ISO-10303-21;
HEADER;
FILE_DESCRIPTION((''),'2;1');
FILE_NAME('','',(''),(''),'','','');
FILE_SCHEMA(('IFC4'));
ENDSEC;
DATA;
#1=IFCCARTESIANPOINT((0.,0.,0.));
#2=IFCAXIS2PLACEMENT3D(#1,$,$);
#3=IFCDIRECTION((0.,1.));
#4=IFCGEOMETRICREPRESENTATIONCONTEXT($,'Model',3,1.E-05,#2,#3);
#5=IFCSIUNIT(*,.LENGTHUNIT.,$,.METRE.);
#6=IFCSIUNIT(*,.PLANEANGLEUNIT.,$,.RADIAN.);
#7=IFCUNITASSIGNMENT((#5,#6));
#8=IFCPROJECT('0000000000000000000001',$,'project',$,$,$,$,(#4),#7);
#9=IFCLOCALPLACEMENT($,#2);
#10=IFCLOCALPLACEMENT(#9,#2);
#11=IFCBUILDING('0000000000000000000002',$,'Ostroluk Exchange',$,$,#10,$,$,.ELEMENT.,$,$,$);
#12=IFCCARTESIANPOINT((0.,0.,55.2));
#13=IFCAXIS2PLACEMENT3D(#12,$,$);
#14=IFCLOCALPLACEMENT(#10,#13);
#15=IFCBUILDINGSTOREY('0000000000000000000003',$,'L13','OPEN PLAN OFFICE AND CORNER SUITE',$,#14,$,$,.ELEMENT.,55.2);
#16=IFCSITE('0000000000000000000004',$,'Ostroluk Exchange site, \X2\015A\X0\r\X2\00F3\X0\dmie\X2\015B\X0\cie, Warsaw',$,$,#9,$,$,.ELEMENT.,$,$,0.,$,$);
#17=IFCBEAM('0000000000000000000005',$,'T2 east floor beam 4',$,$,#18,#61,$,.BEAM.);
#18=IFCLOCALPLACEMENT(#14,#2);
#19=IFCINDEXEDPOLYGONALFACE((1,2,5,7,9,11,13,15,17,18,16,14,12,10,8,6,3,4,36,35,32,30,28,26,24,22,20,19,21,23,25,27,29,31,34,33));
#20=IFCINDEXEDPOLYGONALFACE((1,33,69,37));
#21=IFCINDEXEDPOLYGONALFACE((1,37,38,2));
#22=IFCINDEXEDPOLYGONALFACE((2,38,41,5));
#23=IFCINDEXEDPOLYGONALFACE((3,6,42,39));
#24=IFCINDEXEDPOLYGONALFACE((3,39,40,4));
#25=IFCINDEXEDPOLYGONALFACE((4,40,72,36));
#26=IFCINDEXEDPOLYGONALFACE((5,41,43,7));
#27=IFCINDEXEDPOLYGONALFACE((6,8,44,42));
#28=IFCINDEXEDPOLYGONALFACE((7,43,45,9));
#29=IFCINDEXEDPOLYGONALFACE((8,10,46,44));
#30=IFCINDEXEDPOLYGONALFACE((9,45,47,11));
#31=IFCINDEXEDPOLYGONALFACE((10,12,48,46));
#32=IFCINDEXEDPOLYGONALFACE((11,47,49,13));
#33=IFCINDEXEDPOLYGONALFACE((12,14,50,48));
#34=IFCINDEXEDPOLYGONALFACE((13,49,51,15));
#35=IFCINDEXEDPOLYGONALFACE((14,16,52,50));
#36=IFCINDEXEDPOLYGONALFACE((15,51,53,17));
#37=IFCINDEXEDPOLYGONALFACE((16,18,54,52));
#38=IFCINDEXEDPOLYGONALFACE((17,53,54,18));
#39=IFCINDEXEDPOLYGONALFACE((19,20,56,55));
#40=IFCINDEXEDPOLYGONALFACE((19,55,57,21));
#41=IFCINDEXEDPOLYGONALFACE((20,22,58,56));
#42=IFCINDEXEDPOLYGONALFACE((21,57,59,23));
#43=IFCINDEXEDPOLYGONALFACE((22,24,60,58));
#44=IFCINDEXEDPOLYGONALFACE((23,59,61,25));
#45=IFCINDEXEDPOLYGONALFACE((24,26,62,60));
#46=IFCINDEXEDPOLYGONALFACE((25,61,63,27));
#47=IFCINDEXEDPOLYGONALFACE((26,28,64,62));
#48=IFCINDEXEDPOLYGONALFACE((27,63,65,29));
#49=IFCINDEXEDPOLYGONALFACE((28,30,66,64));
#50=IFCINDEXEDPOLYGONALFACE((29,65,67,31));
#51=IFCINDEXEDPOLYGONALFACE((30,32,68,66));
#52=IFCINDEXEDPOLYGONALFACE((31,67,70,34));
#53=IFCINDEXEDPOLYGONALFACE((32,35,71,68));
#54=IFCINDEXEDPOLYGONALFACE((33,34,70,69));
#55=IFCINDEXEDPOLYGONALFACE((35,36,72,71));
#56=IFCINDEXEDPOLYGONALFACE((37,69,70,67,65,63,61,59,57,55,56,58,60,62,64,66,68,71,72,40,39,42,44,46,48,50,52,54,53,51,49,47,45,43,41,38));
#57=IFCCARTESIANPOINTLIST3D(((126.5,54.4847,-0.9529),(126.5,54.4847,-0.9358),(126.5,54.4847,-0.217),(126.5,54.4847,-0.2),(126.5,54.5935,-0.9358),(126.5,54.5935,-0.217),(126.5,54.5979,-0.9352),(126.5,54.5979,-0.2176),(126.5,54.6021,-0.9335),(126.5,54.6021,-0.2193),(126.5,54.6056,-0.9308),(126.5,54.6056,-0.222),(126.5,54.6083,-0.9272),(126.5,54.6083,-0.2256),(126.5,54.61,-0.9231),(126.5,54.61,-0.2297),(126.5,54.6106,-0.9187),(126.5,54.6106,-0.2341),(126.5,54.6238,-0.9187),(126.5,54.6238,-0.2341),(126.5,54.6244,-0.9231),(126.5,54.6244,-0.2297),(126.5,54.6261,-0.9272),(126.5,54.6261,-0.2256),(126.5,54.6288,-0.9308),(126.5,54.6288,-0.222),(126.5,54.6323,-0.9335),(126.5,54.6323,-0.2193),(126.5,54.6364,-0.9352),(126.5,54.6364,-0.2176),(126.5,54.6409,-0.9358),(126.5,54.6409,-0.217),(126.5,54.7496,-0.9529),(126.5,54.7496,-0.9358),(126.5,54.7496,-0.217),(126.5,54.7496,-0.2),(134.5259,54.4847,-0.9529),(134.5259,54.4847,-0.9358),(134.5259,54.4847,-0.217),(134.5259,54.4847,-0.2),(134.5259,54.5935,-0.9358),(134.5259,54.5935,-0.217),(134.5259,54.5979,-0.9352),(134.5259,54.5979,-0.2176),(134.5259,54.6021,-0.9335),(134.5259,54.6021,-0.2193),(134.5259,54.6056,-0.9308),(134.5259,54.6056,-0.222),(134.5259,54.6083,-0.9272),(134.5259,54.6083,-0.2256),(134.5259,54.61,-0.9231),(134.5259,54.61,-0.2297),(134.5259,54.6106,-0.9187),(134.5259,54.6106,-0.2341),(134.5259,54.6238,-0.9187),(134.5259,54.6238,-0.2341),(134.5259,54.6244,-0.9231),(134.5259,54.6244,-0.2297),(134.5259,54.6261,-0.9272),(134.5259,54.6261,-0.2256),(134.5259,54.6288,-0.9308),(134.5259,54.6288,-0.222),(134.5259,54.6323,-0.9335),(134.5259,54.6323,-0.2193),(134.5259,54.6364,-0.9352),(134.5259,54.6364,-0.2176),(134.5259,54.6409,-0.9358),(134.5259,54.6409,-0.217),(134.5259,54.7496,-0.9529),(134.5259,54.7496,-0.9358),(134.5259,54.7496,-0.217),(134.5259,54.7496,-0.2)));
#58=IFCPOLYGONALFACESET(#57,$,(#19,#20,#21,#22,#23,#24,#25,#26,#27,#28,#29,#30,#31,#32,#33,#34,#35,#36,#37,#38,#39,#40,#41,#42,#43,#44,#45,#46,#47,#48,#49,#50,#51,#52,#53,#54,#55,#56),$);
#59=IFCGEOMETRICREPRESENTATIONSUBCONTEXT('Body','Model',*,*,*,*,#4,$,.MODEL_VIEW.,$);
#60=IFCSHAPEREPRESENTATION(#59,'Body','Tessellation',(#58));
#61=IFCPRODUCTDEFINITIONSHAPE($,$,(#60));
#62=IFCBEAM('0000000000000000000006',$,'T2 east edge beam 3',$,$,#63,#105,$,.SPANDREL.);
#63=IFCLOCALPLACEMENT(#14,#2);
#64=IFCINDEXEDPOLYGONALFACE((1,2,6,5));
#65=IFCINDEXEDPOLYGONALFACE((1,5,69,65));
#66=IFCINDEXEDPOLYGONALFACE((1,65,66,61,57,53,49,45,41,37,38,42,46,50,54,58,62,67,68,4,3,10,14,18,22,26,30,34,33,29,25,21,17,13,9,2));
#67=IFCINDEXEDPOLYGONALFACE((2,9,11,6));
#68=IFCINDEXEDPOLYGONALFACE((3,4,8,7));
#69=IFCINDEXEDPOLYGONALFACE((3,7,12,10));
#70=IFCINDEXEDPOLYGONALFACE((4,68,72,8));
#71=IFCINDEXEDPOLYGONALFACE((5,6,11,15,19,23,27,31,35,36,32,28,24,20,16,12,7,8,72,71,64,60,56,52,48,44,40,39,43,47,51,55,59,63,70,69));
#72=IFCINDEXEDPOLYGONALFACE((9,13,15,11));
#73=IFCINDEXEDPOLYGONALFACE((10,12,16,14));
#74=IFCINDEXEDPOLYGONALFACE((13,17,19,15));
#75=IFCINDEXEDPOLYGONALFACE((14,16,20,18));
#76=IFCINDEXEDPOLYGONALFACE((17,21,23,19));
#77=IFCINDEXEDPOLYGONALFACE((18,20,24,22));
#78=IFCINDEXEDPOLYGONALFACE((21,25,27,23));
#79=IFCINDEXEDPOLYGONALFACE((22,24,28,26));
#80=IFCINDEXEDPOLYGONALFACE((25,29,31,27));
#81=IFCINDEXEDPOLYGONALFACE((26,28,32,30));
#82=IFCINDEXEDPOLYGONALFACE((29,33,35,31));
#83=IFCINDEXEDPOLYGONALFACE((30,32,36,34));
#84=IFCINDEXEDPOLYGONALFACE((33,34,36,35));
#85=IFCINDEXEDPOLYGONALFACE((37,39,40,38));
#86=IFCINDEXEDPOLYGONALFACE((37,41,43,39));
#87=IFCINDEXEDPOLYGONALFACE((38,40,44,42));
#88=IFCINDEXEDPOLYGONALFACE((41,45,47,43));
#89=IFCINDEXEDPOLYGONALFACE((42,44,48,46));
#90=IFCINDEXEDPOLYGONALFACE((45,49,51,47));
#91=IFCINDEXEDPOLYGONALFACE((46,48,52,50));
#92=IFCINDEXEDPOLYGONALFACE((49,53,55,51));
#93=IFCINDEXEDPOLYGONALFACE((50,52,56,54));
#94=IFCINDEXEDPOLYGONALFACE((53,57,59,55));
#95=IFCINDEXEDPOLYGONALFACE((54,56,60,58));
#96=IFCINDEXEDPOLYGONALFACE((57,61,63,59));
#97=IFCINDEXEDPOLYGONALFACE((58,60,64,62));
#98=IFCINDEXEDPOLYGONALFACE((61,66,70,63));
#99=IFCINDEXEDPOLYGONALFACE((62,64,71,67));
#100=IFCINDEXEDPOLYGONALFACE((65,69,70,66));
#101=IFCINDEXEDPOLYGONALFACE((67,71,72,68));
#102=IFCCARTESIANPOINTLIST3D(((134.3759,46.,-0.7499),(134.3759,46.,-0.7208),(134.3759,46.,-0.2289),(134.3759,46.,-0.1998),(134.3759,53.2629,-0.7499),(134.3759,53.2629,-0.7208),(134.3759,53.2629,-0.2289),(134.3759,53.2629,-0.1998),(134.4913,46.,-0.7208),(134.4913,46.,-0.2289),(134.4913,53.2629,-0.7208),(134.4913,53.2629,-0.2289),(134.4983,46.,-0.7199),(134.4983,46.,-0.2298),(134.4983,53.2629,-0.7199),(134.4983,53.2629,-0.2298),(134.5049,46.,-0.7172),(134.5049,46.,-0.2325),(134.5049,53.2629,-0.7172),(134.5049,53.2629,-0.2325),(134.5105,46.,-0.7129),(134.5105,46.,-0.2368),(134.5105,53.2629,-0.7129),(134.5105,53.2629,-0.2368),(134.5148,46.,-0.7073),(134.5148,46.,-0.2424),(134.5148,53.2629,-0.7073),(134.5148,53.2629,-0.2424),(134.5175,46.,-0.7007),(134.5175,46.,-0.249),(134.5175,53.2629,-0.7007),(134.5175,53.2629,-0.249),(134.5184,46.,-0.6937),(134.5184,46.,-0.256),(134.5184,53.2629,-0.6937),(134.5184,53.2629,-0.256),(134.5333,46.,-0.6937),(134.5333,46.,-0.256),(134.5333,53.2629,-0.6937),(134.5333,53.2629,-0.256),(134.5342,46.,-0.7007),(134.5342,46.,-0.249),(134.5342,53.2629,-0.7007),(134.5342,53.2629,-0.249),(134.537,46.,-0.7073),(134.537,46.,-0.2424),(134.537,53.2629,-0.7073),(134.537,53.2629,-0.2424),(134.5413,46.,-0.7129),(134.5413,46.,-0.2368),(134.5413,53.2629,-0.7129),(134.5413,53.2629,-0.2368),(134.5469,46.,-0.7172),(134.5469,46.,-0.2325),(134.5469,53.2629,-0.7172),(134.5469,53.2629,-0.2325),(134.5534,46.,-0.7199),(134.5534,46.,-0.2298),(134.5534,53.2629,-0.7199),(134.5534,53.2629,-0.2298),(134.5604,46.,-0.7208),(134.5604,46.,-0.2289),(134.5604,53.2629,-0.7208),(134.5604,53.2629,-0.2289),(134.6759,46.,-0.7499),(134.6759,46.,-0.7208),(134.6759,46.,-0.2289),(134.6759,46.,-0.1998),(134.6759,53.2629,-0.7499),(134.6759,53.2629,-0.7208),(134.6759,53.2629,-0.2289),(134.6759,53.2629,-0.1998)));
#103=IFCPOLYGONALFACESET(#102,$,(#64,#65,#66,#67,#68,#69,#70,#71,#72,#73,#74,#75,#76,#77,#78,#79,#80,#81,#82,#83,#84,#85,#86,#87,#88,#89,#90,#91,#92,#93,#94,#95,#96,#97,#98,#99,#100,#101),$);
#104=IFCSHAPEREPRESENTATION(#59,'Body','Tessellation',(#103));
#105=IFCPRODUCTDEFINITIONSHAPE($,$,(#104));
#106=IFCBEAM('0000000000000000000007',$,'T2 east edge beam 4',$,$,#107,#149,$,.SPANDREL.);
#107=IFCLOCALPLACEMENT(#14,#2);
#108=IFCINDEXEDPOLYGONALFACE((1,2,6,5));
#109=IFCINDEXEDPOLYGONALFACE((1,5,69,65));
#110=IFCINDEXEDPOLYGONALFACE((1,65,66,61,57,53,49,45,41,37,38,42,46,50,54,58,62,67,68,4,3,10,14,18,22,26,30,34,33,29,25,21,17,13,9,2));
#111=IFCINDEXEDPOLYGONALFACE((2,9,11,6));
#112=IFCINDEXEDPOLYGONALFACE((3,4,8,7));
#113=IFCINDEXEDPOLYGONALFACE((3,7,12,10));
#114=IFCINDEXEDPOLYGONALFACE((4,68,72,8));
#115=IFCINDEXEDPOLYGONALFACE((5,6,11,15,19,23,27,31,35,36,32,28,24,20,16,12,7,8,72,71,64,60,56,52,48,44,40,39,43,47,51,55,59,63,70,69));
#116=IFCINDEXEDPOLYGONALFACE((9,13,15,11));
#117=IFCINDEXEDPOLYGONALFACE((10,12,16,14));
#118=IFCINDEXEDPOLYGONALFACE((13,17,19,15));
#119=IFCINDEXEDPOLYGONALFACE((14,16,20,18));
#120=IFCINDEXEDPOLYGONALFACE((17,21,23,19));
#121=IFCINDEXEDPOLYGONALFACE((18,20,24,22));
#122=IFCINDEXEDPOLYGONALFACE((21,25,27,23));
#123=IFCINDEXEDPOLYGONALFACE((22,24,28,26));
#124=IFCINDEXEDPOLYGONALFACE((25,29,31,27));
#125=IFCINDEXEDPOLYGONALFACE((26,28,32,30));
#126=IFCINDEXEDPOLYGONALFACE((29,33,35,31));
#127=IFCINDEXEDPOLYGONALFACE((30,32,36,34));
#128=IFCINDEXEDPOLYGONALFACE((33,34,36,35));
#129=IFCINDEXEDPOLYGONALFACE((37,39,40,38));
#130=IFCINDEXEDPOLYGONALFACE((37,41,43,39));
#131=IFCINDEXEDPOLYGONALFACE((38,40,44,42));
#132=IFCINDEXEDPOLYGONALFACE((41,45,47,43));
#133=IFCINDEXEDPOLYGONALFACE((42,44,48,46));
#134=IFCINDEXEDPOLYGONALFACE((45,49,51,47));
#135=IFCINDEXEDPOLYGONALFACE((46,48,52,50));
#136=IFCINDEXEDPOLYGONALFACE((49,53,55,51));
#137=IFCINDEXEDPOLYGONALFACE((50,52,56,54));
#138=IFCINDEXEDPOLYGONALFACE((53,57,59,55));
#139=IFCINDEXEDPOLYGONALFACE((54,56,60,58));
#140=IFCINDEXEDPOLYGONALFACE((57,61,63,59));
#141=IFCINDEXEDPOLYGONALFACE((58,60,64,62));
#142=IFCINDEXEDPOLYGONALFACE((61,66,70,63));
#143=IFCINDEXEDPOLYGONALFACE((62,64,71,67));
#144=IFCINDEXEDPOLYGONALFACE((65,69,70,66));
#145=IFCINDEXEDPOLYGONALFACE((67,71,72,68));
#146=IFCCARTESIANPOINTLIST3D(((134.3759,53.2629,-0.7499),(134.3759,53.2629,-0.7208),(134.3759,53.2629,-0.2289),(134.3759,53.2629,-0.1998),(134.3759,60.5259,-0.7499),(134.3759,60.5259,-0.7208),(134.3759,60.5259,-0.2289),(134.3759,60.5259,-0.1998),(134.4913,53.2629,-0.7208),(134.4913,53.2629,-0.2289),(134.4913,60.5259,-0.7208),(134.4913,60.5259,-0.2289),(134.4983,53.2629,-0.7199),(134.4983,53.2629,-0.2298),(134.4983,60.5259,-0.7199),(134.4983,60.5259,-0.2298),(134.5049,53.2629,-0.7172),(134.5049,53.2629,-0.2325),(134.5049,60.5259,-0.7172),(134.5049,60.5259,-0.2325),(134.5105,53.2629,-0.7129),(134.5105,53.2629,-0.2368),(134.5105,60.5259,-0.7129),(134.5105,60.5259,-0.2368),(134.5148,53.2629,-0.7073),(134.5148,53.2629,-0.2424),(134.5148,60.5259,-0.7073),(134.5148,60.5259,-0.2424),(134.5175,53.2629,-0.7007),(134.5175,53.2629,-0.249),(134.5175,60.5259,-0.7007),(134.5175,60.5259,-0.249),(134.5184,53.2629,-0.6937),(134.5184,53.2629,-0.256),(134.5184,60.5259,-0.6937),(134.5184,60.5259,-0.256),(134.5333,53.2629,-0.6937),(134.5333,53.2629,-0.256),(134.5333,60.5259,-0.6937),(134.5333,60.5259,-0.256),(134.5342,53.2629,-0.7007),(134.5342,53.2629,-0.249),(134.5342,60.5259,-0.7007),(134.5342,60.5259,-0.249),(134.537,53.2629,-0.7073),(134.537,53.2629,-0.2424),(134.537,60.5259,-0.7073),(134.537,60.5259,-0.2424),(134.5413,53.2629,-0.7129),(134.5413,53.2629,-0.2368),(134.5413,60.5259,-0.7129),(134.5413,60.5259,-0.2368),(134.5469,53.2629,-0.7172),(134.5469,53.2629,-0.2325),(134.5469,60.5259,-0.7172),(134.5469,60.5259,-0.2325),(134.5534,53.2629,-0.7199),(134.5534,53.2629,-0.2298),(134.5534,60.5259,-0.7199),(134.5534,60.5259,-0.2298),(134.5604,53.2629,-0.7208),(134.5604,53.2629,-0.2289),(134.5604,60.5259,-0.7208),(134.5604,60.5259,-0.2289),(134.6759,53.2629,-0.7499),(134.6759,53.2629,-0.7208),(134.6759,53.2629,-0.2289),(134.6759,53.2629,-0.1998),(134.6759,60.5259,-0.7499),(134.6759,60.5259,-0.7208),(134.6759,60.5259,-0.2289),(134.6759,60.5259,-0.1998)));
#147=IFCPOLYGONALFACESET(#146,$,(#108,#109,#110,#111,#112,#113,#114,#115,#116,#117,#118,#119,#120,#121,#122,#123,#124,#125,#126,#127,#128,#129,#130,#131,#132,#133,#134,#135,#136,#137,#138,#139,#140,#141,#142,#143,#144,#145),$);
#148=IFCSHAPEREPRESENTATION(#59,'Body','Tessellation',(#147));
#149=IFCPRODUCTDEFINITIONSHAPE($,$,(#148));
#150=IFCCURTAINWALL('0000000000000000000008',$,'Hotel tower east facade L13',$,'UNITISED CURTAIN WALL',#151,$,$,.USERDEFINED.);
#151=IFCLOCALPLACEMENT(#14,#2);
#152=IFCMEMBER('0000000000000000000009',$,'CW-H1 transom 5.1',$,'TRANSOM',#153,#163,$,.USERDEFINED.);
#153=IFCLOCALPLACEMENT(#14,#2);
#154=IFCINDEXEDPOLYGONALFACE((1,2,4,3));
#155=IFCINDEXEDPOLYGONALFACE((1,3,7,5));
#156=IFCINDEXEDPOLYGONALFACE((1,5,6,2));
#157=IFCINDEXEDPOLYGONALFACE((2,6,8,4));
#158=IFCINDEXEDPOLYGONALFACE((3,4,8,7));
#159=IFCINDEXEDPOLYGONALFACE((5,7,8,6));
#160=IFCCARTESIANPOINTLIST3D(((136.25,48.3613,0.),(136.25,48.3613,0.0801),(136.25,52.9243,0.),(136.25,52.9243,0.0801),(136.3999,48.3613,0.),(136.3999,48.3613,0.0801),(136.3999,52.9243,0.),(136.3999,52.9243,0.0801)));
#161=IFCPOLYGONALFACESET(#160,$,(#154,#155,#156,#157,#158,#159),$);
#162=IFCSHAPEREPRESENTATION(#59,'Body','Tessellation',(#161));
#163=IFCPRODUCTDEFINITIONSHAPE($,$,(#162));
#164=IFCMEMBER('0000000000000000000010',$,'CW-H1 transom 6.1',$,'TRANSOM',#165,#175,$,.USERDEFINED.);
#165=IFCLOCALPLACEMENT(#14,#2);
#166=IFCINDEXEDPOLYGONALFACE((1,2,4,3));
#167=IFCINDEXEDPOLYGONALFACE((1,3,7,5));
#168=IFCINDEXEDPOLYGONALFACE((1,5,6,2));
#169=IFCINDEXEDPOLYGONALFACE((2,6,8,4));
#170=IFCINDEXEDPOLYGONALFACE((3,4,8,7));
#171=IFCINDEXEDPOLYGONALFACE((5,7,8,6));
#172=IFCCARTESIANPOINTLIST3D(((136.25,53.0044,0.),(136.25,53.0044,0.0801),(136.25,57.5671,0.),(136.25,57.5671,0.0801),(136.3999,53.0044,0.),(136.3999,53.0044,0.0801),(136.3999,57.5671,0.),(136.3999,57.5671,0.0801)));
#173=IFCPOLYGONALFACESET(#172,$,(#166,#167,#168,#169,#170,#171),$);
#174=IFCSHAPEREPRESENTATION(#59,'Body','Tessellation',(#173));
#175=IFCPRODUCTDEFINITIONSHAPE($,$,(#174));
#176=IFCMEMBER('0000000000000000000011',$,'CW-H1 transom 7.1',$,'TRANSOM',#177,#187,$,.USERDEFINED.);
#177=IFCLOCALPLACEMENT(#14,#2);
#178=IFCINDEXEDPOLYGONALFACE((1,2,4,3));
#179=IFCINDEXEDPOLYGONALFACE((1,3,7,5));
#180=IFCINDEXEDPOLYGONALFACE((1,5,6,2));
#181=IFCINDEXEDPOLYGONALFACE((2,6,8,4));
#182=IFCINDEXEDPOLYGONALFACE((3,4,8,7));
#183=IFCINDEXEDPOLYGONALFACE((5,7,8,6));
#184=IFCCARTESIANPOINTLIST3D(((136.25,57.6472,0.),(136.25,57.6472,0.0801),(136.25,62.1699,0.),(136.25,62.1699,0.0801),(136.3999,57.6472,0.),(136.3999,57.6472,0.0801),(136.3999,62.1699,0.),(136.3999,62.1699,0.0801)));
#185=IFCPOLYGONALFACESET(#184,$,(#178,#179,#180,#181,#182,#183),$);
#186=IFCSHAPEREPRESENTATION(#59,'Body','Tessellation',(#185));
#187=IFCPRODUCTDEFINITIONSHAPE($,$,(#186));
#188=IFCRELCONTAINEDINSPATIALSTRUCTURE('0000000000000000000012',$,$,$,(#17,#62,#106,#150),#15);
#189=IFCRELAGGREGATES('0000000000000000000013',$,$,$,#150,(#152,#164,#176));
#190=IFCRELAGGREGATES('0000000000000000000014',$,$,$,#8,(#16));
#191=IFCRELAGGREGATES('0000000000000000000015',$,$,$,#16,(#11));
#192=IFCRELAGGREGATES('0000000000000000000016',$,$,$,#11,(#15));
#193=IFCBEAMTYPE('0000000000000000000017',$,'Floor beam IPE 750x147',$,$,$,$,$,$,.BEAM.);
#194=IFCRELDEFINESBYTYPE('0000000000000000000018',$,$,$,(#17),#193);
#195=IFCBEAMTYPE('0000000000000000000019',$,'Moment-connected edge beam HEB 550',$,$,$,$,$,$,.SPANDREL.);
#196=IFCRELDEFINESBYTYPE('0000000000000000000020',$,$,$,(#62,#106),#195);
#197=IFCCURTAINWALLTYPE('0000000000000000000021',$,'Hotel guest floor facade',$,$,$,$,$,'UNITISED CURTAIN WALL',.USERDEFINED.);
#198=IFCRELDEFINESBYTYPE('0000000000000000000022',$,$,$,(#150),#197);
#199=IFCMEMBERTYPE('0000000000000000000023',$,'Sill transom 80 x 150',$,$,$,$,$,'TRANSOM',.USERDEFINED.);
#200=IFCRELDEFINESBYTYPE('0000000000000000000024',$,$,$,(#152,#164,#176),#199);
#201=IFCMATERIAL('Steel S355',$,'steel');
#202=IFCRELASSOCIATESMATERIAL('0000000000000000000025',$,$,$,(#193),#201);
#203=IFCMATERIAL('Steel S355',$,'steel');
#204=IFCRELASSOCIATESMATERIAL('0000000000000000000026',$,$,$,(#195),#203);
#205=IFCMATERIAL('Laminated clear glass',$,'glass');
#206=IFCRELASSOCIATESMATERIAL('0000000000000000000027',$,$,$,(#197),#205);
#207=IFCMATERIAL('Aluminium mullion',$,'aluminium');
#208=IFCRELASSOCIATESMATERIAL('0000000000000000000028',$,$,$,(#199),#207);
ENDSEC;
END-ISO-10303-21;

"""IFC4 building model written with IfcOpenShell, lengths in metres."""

from ifc_helpers import new_model, si_unit, direction, frame, origin, origin_2d, place, context, subcontext, project, spatial, rectangle, i_section, extrude, material, material_profile, profile_set, type_object, element, aggregate, save


model = new_model("IFC4")

# Units and contexts
model_context = context("Model", 3, precision=1e-05, world=origin(), true_north=direction((0.0, 1.0)))
body_context = subcontext(model_context, "Body", "Model", "MODEL_VIEW")
ifc_project = project(units=[si_unit("LENGTHUNIT", "METRE"), si_unit("PLANEANGLEUNIT", "RADIAN")], contexts=[model_context])

# Site, building, storey
site_placement = place(None, origin())
site = spatial("IfcSite", under=ifc_project, at=site_placement, Name="Ostroluk Exchange site, Śródmieście, Warsaw", CompositionType="ELEMENT", RefElevation=0.0)
building_placement = place(site_placement, origin())
building = spatial("IfcBuilding", under=site, at=building_placement, Name="Ostroluk Exchange", CompositionType="ELEMENT")
storey_placement = place(building_placement, frame((0.0, 0.0, 55.2)))
storey = spatial("IfcBuildingStorey", under=building, at=storey_placement, Name="L13", Description="OPEN PLAN OFFICE AND CORNER SUITE", CompositionType="ELEMENT", Elevation=55.2)

# Beams
ifc_material_1 = material(Name="Steel S355", Category="steel")
ifc_material_profile_1 = material_profile(ifc_material_1, i_section(OverallWidth=0.2649, OverallDepth=0.7529, WebThickness=0.0132, FlangeThickness=0.0171, FilletRadius=0.0171, at=origin_2d()), Name="IPE 750x147")
ifc_profile_set_1 = profile_set([ifc_material_profile_1], Name="Steel S355")
beam_type_1 = type_object("IfcBeamType", Name="Floor beam IPE 750x147", PredefinedType="BEAM", material=ifc_profile_set_1)
beam_placement = place(storey_placement, frame((126.5, 54.6172, -0.5764), z_axis=(1.0, 0.0, 0.0), x_axis=(0.0, 1.0, 0.0)))
element("IfcBeam", 1, at=beam_placement, inside=storey, type_object=beam_type_1, Name="T2 east floor beam 4", PredefinedType="BEAM", context=body_context, shape_type="SweptSolid", body=[
    extrude(i_section(OverallWidth=0.2649, OverallDepth=0.7529, WebThickness=0.0132, FlangeThickness=0.0171, FilletRadius=0.0171, at=origin_2d()), origin(), (0.0, 0.0, 1.0), 8.0259),
])
ifc_material_2 = material(Name="Steel S355", Category="steel")
ifc_material_profile_2 = material_profile(ifc_material_2, i_section(OverallWidth=0.3, OverallDepth=0.55, WebThickness=0.0149, FlangeThickness=0.0291, FilletRadius=0.0271, at=origin_2d()), Name="HEB 550")
ifc_profile_set_2 = profile_set([ifc_material_profile_2], Name="Steel S355")
beam_type_2 = type_object("IfcBeamType", Name="Moment-connected edge beam HEB 550", PredefinedType="SPANDREL", material=ifc_profile_set_2)
for number, where, z_axis, x_axis, name in (
    (2, (134.5259, 46.0, -0.4749), (0.0, 1.0, 0.0), (-1.0, 0.0, 0.0), "T2 east edge beam 3"),
    (3, (134.5259, 53.2629, -0.4749), (0.0, 1.0, 0.0), (-1.0, 0.0, 0.0), "T2 east edge beam 4"),
):
    element("IfcBeam", number, at=place(storey_placement, frame(where, z_axis=z_axis, x_axis=x_axis)), inside=storey, type_object=beam_type_2, Name=name, PredefinedType="SPANDREL", context=body_context, shape_type="SweptSolid", body=[
        extrude(i_section(OverallWidth=0.3, OverallDepth=0.55, WebThickness=0.0149, FlangeThickness=0.0291, FilletRadius=0.0271, at=origin_2d()), origin(), (0.0, 0.0, 1.0), 7.2629),
    ])

# Curtain wall, members
ifc_material_3 = material(Name="Laminated clear glass", Category="glass")
curtain_wall_type = type_object("IfcCurtainWallType", Name="Hotel guest floor facade", ElementType="UNITISED CURTAIN WALL", PredefinedType="USERDEFINED", material=ifc_material_3)
curtain_wall_placement = place(storey_placement, origin())
curtain_wall = element("IfcCurtainWall", 4, at=curtain_wall_placement, inside=storey, type_object=curtain_wall_type, Name="Hotel tower east facade L13", ObjectType="UNITISED CURTAIN WALL", PredefinedType="USERDEFINED")
ifc_material_4 = material(Name="Aluminium mullion", Category="aluminium")
ifc_material_profile_3 = material_profile(ifc_material_4, rectangle(XDim=0.1499, YDim=0.0801, at=origin_2d()), Name="Sill transom 80 x 150")
ifc_profile_set_3 = profile_set([ifc_material_profile_3], Name="Aluminium mullion")
member_type_1 = type_object("IfcMemberType", Name="Sill transom 80 x 150", ElementType="TRANSOM", PredefinedType="USERDEFINED", material=ifc_profile_set_3)
member_1_placement = place(storey_placement, frame((136.325, 48.3613, 0.04), z_axis=(0.0, 1.0, 0.0), x_axis=(-1.0, 0.0, 0.0)))
member_1 = element("IfcMember", 5, at=member_1_placement, type_object=member_type_1, Name="CW-H1 transom 5.1", ObjectType="TRANSOM", PredefinedType="USERDEFINED", context=body_context, shape_type="SweptSolid", body=[
    extrude(rectangle(XDim=0.1499, YDim=0.0801, at=origin_2d()), origin(), (0.0, 0.0, 1.0), 4.563),
])
member_2_placement = place(storey_placement, frame((136.325, 53.0044, 0.04), z_axis=(0.0, 1.0, 0.0), x_axis=(-1.0, 0.0, 0.0)))
member_2 = element("IfcMember", 6, at=member_2_placement, type_object=member_type_1, Name="CW-H1 transom 6.1", ObjectType="TRANSOM", PredefinedType="USERDEFINED", context=body_context, shape_type="SweptSolid", body=[
    extrude(rectangle(XDim=0.1499, YDim=0.0801, at=origin_2d()), origin(), (0.0, 0.0, 1.0), 4.5627),
])
member_3_placement = place(storey_placement, frame((136.325, 57.6472, 0.04), z_axis=(0.0, 1.0, 0.0), x_axis=(-1.0, 0.0, 0.0)))
member_3 = element("IfcMember", 7, at=member_3_placement, type_object=member_type_1, Name="CW-H1 transom 7.1", ObjectType="TRANSOM", PredefinedType="USERDEFINED", context=body_context, shape_type="SweptSolid", body=[
    extrude(rectangle(XDim=0.1499, YDim=0.0801, at=origin_2d()), origin(), (0.0, 0.0, 1.0), 4.5227),
])
aggregate(curtain_wall, [member_1, member_2, member_3])

save(model, "model.ifc")
